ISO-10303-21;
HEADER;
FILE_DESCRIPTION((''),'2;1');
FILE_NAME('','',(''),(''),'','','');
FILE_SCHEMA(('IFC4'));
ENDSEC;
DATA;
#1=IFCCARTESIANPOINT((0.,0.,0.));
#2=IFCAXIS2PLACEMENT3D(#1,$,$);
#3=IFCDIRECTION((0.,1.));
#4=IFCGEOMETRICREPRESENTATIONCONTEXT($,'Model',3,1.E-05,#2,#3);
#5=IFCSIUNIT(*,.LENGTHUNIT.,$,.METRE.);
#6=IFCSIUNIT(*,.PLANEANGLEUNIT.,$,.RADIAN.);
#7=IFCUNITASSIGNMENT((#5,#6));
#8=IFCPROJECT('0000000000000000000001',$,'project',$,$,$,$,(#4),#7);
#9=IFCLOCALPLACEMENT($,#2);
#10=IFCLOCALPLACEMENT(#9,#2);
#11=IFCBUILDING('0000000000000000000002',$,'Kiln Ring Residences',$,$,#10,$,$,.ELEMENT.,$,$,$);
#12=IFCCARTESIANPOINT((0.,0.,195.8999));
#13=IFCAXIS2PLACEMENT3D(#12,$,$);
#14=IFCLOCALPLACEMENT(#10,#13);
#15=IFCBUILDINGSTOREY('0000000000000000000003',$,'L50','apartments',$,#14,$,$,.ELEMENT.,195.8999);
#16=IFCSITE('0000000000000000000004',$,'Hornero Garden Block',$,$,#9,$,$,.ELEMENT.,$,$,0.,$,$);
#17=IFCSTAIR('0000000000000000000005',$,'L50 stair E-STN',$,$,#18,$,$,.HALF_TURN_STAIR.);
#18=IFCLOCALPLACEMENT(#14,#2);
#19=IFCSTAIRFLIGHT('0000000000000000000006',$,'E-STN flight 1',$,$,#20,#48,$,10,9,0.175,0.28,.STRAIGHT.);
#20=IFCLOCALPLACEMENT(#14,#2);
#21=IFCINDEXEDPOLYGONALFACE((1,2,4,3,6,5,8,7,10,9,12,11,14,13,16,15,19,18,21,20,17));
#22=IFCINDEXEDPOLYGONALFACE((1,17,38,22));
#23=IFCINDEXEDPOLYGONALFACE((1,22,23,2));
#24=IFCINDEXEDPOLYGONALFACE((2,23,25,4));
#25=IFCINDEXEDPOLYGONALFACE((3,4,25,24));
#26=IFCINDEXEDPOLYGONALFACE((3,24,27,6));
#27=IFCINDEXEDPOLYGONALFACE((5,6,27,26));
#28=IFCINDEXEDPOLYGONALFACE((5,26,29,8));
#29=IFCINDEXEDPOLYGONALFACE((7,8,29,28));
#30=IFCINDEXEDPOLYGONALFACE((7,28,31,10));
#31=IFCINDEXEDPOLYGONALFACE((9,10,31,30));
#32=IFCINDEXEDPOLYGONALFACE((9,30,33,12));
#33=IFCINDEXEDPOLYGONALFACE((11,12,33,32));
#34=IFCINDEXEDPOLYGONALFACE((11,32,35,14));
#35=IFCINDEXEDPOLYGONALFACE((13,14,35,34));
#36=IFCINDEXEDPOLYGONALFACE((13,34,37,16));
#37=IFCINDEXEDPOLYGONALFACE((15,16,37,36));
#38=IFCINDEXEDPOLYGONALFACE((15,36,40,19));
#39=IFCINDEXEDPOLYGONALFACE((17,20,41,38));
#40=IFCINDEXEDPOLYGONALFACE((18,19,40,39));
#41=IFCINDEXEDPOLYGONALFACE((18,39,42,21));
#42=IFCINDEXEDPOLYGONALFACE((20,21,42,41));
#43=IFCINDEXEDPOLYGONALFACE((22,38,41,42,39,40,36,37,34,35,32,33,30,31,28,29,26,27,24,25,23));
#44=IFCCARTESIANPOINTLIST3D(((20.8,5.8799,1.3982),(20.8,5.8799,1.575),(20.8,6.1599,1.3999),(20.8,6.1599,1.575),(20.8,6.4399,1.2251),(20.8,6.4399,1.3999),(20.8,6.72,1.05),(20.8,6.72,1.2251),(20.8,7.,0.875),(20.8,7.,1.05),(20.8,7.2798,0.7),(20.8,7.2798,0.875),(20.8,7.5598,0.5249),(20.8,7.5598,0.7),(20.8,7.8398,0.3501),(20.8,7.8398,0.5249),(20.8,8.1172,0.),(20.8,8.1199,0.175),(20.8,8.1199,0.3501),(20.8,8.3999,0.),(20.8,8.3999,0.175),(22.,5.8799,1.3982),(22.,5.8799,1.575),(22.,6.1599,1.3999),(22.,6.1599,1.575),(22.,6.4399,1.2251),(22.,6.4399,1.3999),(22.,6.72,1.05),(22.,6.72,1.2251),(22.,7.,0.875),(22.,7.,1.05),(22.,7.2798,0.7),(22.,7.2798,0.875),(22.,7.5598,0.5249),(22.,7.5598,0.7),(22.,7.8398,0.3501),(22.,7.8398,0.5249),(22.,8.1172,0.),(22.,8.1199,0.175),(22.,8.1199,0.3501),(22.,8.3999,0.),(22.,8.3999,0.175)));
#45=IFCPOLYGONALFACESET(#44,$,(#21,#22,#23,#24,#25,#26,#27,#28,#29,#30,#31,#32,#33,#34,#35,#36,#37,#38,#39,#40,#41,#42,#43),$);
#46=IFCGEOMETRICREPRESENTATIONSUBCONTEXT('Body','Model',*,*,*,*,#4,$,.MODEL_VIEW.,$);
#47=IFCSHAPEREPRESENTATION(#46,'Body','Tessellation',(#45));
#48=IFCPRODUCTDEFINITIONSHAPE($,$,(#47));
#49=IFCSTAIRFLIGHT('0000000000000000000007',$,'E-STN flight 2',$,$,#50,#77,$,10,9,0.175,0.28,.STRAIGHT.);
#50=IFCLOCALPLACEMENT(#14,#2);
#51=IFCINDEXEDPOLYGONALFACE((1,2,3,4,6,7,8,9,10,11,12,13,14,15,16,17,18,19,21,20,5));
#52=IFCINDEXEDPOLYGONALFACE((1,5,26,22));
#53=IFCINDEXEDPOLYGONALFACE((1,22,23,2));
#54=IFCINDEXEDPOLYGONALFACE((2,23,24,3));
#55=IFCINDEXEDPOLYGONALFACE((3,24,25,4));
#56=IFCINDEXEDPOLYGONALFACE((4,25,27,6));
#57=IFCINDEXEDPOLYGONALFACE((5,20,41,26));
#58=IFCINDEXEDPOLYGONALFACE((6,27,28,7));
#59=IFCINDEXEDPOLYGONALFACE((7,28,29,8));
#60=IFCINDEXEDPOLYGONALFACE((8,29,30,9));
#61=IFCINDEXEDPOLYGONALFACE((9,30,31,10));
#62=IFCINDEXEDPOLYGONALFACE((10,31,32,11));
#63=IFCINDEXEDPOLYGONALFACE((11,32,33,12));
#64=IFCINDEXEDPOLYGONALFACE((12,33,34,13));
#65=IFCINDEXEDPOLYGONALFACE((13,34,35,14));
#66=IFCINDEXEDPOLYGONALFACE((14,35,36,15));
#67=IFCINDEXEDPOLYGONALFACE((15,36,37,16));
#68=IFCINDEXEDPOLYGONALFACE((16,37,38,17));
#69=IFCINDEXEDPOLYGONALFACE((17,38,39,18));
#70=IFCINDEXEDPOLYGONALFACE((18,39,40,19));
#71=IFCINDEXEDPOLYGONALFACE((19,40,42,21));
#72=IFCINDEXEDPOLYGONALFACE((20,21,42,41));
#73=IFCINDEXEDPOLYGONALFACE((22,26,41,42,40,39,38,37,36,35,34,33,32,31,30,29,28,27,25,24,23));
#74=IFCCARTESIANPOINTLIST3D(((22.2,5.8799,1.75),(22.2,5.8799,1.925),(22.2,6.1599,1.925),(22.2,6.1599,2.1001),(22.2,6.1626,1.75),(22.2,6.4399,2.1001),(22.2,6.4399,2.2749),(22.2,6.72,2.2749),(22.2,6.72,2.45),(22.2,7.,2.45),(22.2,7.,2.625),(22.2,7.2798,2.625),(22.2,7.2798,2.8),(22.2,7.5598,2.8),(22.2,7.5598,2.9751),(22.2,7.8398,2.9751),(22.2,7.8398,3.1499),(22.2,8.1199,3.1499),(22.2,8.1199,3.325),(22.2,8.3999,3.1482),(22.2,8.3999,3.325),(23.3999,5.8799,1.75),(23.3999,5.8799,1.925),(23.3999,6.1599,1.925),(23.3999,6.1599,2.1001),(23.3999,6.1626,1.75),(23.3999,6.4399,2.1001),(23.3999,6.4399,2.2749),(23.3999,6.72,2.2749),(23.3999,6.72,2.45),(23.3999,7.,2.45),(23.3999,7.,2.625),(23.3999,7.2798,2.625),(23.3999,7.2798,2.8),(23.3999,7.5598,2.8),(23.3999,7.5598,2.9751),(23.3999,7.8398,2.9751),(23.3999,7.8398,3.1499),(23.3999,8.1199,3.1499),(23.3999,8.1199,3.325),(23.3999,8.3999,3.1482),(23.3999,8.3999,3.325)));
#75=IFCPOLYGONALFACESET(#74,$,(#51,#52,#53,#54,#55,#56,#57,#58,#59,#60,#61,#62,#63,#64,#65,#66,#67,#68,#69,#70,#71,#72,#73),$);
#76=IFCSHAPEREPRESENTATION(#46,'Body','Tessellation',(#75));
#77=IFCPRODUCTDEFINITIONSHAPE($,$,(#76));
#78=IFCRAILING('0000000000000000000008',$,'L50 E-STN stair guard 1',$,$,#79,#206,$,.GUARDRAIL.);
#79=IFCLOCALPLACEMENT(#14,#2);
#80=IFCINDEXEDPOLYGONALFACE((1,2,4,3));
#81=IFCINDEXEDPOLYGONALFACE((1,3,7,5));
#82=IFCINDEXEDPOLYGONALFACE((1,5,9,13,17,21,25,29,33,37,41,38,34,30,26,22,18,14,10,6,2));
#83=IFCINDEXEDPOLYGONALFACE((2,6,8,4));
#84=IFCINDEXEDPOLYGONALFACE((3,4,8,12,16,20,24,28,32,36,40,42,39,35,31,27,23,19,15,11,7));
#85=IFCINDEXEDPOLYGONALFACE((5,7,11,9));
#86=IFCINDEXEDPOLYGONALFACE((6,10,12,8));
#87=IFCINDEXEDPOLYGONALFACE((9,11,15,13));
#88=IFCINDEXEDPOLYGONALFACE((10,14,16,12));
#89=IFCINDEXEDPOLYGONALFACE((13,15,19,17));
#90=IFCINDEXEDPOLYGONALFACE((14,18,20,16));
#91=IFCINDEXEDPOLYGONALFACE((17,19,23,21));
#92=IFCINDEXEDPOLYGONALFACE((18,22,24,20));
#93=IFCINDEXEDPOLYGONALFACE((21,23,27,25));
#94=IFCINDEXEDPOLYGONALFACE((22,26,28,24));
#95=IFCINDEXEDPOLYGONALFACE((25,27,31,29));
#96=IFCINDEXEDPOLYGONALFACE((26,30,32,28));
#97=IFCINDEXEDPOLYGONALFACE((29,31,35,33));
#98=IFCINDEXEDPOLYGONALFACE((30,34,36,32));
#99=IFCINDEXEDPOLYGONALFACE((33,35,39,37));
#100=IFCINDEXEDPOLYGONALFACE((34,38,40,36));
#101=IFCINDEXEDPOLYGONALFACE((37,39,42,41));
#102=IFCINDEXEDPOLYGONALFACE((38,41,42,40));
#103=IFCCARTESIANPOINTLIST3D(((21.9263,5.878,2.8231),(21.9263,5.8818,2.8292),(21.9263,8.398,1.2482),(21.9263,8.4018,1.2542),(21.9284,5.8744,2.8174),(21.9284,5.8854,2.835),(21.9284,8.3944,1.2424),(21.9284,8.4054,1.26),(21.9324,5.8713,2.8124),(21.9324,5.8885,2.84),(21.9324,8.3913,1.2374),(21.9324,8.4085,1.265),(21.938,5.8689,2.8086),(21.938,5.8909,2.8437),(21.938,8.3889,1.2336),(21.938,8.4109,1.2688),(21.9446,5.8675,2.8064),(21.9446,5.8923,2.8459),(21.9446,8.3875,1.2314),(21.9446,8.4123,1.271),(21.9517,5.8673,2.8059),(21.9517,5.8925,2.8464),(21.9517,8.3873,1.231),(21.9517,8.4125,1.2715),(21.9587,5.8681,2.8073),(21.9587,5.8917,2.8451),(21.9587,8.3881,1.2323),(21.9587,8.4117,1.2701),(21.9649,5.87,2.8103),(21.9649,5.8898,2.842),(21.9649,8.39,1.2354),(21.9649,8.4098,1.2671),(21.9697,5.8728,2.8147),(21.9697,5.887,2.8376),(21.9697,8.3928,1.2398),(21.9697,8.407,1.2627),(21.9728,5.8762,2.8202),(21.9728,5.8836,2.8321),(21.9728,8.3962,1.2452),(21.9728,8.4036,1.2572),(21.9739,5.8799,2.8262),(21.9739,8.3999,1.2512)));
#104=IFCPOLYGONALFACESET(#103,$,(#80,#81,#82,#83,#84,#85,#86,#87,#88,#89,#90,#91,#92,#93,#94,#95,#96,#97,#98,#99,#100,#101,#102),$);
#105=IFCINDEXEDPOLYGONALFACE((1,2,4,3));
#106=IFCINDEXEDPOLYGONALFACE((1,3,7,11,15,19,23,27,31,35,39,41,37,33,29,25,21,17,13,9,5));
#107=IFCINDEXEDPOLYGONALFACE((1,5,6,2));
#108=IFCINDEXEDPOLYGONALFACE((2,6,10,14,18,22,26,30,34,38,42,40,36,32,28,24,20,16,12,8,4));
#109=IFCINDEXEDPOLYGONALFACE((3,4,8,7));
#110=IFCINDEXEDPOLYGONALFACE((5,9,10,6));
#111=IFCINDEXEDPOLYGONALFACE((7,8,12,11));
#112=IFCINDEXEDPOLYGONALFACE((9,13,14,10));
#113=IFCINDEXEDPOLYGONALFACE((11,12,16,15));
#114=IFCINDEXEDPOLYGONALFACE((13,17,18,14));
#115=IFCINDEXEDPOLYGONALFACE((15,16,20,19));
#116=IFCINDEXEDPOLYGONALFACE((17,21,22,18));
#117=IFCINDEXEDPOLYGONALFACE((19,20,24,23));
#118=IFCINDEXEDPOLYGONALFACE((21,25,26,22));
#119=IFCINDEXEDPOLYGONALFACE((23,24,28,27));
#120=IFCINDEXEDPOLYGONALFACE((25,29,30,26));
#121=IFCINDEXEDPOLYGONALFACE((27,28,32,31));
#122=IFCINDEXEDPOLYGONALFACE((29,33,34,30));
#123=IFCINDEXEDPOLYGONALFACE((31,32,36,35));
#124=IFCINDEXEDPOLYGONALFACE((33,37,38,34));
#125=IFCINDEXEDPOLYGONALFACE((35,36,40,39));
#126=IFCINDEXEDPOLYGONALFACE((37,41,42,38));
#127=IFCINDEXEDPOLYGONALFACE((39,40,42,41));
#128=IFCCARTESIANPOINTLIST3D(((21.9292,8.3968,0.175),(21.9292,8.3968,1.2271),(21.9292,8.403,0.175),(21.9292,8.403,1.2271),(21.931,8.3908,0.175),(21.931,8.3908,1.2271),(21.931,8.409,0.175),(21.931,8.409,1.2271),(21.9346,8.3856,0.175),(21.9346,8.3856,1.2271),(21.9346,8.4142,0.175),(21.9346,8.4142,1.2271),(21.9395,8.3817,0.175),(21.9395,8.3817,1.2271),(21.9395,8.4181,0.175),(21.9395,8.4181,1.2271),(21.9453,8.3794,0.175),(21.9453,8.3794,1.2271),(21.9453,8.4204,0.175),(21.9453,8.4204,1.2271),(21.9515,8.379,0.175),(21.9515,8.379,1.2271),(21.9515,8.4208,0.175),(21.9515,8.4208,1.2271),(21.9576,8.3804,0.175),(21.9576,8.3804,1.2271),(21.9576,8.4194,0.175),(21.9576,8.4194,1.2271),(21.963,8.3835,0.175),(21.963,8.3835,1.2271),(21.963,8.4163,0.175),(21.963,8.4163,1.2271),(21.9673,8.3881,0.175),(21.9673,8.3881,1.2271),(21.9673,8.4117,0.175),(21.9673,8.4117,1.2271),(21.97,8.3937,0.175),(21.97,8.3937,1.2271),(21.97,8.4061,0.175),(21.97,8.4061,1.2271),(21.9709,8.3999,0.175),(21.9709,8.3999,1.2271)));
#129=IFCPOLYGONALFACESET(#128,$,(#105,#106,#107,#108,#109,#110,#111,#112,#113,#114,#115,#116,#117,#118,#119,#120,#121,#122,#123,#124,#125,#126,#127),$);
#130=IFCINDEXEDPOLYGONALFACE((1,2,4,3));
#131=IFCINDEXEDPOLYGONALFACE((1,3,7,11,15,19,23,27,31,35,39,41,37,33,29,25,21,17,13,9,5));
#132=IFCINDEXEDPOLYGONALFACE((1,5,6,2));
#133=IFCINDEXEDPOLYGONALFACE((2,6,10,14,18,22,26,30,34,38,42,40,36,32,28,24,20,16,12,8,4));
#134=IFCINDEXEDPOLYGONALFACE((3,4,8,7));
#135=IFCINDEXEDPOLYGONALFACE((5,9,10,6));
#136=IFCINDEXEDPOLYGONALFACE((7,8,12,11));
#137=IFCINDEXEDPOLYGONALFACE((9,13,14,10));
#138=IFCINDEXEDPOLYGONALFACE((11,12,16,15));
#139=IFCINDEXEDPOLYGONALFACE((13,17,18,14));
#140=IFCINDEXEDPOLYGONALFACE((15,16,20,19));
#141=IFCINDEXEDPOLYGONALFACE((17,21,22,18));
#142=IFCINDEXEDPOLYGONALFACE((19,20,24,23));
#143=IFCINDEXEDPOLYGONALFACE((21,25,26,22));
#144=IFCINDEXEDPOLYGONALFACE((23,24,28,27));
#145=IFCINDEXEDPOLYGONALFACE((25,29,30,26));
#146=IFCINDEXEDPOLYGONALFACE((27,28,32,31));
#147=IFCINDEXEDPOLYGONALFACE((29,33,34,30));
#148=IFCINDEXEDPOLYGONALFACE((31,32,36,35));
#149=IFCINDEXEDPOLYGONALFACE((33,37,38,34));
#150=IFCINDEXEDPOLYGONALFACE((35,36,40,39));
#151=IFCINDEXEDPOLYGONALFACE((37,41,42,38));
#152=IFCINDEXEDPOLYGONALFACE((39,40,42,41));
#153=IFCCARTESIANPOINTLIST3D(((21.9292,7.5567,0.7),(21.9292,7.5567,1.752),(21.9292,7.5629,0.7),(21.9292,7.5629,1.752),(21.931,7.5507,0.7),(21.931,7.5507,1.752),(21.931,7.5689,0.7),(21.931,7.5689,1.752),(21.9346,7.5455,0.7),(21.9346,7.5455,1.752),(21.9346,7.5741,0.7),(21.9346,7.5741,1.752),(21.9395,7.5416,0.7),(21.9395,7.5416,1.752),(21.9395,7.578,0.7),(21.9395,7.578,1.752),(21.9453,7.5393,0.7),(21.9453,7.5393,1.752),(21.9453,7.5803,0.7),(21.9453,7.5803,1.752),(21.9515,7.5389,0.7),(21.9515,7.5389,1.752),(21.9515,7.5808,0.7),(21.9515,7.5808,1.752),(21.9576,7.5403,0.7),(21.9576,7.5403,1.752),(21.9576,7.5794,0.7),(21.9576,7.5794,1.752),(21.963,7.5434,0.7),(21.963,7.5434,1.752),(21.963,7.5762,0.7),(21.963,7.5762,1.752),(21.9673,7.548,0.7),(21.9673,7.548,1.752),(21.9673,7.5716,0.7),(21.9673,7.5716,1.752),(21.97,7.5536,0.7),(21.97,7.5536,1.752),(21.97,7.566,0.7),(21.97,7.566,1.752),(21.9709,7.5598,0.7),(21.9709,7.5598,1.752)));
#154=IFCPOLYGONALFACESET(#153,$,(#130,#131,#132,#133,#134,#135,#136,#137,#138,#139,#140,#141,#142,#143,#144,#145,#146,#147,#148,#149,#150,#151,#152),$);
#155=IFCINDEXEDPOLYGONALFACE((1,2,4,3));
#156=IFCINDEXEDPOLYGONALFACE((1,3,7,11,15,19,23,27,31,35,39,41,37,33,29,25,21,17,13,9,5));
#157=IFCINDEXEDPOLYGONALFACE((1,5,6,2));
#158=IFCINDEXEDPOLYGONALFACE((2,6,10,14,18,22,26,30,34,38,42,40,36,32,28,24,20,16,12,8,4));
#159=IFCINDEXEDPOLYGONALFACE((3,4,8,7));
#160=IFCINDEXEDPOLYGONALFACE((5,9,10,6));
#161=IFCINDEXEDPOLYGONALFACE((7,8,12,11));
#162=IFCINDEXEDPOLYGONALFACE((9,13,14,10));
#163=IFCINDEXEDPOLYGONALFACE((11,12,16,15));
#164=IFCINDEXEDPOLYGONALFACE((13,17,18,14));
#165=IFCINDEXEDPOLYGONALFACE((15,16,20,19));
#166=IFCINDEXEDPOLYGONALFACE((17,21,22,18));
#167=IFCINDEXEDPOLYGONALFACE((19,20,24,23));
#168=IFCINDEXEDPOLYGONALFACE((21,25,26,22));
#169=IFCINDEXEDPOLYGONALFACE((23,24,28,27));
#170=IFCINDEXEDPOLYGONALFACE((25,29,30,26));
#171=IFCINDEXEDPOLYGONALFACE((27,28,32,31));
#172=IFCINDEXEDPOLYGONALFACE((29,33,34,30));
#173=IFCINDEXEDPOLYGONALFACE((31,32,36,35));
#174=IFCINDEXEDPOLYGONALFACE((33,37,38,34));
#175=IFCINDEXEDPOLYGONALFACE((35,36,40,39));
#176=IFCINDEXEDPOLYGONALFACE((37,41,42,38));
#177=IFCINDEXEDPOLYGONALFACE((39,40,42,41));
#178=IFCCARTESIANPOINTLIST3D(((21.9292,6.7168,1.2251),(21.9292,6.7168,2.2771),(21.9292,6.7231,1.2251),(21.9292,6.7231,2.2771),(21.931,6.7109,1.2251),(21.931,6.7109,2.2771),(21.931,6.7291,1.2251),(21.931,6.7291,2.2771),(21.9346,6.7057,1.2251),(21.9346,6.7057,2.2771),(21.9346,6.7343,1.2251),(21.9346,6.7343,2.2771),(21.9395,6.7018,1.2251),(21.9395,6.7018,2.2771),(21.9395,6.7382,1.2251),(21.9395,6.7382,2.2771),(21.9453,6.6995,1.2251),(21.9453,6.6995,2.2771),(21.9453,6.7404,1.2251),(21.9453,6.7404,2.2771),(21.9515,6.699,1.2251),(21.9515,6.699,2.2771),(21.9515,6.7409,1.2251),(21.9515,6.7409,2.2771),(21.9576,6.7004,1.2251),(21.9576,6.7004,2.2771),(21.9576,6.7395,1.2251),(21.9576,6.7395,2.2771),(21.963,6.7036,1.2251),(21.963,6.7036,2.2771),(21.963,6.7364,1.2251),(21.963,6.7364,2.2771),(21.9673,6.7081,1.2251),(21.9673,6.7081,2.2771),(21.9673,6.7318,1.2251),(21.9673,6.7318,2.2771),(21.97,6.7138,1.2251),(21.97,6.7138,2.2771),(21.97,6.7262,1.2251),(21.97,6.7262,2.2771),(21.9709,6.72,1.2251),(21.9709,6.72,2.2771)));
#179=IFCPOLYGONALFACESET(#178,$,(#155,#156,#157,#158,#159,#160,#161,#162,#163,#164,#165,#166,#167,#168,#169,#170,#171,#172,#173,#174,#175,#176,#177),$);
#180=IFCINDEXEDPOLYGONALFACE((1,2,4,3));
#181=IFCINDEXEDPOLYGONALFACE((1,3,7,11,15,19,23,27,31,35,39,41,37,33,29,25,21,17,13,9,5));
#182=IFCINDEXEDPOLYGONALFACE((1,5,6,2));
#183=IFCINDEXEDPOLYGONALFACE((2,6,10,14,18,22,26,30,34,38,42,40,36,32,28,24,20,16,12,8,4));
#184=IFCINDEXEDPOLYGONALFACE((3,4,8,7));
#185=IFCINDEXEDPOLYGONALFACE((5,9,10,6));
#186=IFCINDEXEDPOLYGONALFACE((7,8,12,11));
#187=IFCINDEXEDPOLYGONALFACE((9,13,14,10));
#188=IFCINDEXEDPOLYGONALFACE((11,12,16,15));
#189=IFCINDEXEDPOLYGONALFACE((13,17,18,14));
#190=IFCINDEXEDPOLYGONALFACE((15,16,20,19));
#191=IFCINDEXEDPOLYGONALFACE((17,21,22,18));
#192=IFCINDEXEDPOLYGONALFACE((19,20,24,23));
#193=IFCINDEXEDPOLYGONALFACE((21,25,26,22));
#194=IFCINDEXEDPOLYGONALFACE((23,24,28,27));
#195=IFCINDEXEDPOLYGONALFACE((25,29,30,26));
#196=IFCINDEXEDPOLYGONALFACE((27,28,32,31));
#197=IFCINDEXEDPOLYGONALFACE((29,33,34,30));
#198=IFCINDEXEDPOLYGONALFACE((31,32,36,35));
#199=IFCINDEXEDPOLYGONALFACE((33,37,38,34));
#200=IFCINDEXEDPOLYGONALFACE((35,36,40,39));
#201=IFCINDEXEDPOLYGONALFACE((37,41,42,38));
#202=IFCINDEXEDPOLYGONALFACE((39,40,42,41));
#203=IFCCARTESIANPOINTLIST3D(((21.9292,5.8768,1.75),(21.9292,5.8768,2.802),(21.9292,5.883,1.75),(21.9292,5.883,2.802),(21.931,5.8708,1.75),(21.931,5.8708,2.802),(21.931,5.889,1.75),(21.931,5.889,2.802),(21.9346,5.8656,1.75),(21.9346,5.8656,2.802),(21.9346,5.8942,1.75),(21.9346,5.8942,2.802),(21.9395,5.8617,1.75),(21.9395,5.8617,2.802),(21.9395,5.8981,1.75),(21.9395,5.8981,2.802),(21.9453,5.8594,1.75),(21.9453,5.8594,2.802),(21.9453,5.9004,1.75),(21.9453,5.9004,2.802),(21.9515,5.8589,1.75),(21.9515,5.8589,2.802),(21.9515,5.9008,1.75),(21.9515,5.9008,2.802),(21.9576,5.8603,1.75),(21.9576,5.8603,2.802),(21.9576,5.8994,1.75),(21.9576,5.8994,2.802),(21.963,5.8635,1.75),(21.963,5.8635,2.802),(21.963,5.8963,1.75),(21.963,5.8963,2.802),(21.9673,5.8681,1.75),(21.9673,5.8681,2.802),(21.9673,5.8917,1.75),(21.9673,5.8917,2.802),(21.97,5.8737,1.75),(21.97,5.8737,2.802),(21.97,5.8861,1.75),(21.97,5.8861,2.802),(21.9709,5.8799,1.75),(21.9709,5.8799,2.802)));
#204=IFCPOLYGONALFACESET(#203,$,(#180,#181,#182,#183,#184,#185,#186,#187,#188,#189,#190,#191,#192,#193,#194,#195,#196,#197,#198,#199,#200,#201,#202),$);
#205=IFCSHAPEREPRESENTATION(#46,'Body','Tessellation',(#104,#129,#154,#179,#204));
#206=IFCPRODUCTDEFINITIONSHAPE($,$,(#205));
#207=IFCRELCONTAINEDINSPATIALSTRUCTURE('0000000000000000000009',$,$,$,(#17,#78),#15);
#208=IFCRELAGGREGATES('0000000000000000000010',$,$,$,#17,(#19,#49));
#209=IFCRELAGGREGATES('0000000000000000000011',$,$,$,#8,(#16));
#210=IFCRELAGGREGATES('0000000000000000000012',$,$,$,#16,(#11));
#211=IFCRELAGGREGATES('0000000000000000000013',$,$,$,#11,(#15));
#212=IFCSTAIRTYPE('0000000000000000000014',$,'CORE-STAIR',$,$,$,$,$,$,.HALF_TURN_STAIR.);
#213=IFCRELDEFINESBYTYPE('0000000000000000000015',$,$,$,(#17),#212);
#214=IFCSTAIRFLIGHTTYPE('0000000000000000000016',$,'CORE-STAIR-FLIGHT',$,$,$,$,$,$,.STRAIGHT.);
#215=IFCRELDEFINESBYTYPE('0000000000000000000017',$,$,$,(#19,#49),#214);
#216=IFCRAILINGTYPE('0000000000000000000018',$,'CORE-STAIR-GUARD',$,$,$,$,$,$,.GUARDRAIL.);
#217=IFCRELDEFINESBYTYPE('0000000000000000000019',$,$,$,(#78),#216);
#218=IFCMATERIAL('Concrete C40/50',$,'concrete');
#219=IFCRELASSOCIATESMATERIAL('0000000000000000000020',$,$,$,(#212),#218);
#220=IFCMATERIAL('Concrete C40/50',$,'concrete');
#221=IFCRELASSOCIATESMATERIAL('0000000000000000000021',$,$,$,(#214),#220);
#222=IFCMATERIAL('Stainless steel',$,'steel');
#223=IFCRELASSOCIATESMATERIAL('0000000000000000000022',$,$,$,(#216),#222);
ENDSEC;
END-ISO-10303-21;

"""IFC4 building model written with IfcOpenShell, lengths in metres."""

from ifc_helpers import new_model, si_unit, direction, frame, origin, origin_2d, place, context, subcontext, project, spatial, polyline, circle, outline, extrude, material, type_object, element, aggregate, save


model = new_model("IFC4")

# Units and contexts
model_context = context("Model", 3, precision=1e-05, world=origin(), true_north=direction((0.0, 1.0)))
body_context = subcontext(model_context, "Body", "Model", "MODEL_VIEW")
ifc_project = project(units=[si_unit("LENGTHUNIT", "METRE"), si_unit("PLANEANGLEUNIT", "RADIAN")], contexts=[model_context])

# Site, building, storey
site_placement = place(None, origin())
site = spatial("IfcSite", under=ifc_project, at=site_placement, Name="Hornero Garden Block", CompositionType="ELEMENT", RefElevation=0.0)
building_placement = place(site_placement, origin())
building = spatial("IfcBuilding", under=site, at=building_placement, Name="Kiln Ring Residences", CompositionType="ELEMENT")
storey_placement = place(building_placement, frame((0.0, 0.0, 195.8999)))
storey = spatial("IfcBuildingStorey", under=building, at=storey_placement, Name="L50", Description="apartments", CompositionType="ELEMENT", Elevation=195.8999)

# Stair, stair flights
ifc_material_1 = material(Name="Concrete C40/50", Category="concrete")
stair_type = type_object("IfcStairType", Name="CORE-STAIR", PredefinedType="HALF_TURN_STAIR", material=ifc_material_1)
stair_placement = place(storey_placement, origin())
stair = element("IfcStair", 1, at=stair_placement, inside=storey, type_object=stair_type, Name="L50 stair E-STN", PredefinedType="HALF_TURN_STAIR")
ifc_material_2 = material(Name="Concrete C40/50", Category="concrete")
stair_flight_type = type_object("IfcStairFlightType", Name="CORE-STAIR-FLIGHT", PredefinedType="STRAIGHT", material=ifc_material_2)
stair_flight_1_placement = place(storey_placement, frame((21.3999, 8.3999, 0.0), z_axis=(0.0, 0.0, 1.0), x_axis=(0.0, -1.0, 0.0)))
stair_flight_1 = element("IfcStairFlight", 2, at=stair_flight_1_placement, type_object=stair_flight_type, Name="E-STN flight 1", NumberOfRisers=10, NumberOfTreads=9, PredefinedType="STRAIGHT", RiserHeight=0.175, TreadLength=0.28, context=body_context, shape_type="SweptSolid", body=[
    extrude(outline(polyline([(0.0, 0.0), (0.0, 0.175), (0.28, 0.175), (0.28, 0.3501), (0.5601, 0.3501), (0.5601, 0.5249), (0.8401, 0.5249), (0.8401, 0.7), (1.1201, 0.7), (1.1201, 0.875), (1.3999, 0.875), (1.3999, 1.05), (1.6799, 1.05), (1.6799, 1.2251), (1.96, 1.2251), (1.96, 1.3999), (2.24, 1.3999), (2.24, 1.575), (2.52, 1.575), (2.52, 1.75), (2.52, 1.3982), (0.2827, 0.0), (0.0, 0.0)])), frame((0.0, 0.6001, 0.0), z_axis=(0.0, -1.0, 0.0), x_axis=(1.0, 0.0, 0.0)), (0.0, 0.0, 1.0), 1.2),
])
stair_flight_2_placement = place(storey_placement, frame((22.8, 5.8799, 1.75), z_axis=(0.0, 0.0, 1.0), x_axis=(0.0, 1.0, 0.0)))
stair_flight_2 = element("IfcStairFlight", 3, at=stair_flight_2_placement, type_object=stair_flight_type, Name="E-STN flight 2", NumberOfRisers=10, NumberOfTreads=9, PredefinedType="STRAIGHT", RiserHeight=0.175, TreadLength=0.28, context=body_context, shape_type="SweptSolid", body=[
    extrude(outline(polyline([(0.0, 0.0), (0.0, 0.175), (0.28, 0.175), (0.28, 0.3501), (0.5601, 0.3501), (0.5601, 0.5249), (0.8401, 0.5249), (0.8401, 0.7), (1.1201, 0.7), (1.1201, 0.875), (1.3999, 0.875), (1.3999, 1.05), (1.6799, 1.05), (1.6799, 1.2251), (1.96, 1.2251), (1.96, 1.3999), (2.24, 1.3999), (2.24, 1.575), (2.52, 1.575), (2.52, 1.75), (2.52, 1.3982), (0.2827, 0.0), (0.0, 0.0)])), frame((0.0, 0.6001, 0.0), z_axis=(0.0, -1.0, 0.0), x_axis=(1.0, 0.0, 0.0)), (0.0, 0.0, 1.0), 1.2),
])
aggregate(stair, [stair_flight_1, stair_flight_2])

# Railing
ifc_material_3 = material(Name="Stainless steel", Category="steel")
railing_type_1 = type_object("IfcRailingType", Name="CORE-STAIR-GUARD", PredefinedType="GUARDRAIL", material=ifc_material_3)
railing_1_placement = place(storey_placement, frame((21.95, 8.3999, 0.175)))
element("IfcRailing", 4, at=railing_1_placement, inside=storey, type_object=railing_type_1, Name="L50 E-STN stair guard 1", PredefinedType="GUARDRAIL", context=body_context, shape_type="SweptSolid", body=[
    extrude(circle(Radius=0.0239, at=origin_2d()), frame((0.0, 0.0, 1.0762), z_axis=(0.0, -0.848008, 0.529984), x_axis=(1.0, 0.0, 0.0)), (0.0, 0.0, 1.0), 2.9717),
    extrude(circle(Radius=0.021, at=origin_2d()), origin(), (0.0, 0.0, 1.0), 1.052),
    extrude(circle(Radius=0.021, at=origin_2d()), frame((0.0, -0.8401, 0.5249)), (0.0, 0.0, 1.0), 1.052),
    extrude(circle(Radius=0.021, at=origin_2d()), frame((0.0, -1.6799, 1.05)), (0.0, 0.0, 1.0), 1.052),
    extrude(circle(Radius=0.021, at=origin_2d()), frame((0.0, -2.52, 1.575)), (0.0, 0.0, 1.0), 1.052),
])

save(model, "model.ifc")
